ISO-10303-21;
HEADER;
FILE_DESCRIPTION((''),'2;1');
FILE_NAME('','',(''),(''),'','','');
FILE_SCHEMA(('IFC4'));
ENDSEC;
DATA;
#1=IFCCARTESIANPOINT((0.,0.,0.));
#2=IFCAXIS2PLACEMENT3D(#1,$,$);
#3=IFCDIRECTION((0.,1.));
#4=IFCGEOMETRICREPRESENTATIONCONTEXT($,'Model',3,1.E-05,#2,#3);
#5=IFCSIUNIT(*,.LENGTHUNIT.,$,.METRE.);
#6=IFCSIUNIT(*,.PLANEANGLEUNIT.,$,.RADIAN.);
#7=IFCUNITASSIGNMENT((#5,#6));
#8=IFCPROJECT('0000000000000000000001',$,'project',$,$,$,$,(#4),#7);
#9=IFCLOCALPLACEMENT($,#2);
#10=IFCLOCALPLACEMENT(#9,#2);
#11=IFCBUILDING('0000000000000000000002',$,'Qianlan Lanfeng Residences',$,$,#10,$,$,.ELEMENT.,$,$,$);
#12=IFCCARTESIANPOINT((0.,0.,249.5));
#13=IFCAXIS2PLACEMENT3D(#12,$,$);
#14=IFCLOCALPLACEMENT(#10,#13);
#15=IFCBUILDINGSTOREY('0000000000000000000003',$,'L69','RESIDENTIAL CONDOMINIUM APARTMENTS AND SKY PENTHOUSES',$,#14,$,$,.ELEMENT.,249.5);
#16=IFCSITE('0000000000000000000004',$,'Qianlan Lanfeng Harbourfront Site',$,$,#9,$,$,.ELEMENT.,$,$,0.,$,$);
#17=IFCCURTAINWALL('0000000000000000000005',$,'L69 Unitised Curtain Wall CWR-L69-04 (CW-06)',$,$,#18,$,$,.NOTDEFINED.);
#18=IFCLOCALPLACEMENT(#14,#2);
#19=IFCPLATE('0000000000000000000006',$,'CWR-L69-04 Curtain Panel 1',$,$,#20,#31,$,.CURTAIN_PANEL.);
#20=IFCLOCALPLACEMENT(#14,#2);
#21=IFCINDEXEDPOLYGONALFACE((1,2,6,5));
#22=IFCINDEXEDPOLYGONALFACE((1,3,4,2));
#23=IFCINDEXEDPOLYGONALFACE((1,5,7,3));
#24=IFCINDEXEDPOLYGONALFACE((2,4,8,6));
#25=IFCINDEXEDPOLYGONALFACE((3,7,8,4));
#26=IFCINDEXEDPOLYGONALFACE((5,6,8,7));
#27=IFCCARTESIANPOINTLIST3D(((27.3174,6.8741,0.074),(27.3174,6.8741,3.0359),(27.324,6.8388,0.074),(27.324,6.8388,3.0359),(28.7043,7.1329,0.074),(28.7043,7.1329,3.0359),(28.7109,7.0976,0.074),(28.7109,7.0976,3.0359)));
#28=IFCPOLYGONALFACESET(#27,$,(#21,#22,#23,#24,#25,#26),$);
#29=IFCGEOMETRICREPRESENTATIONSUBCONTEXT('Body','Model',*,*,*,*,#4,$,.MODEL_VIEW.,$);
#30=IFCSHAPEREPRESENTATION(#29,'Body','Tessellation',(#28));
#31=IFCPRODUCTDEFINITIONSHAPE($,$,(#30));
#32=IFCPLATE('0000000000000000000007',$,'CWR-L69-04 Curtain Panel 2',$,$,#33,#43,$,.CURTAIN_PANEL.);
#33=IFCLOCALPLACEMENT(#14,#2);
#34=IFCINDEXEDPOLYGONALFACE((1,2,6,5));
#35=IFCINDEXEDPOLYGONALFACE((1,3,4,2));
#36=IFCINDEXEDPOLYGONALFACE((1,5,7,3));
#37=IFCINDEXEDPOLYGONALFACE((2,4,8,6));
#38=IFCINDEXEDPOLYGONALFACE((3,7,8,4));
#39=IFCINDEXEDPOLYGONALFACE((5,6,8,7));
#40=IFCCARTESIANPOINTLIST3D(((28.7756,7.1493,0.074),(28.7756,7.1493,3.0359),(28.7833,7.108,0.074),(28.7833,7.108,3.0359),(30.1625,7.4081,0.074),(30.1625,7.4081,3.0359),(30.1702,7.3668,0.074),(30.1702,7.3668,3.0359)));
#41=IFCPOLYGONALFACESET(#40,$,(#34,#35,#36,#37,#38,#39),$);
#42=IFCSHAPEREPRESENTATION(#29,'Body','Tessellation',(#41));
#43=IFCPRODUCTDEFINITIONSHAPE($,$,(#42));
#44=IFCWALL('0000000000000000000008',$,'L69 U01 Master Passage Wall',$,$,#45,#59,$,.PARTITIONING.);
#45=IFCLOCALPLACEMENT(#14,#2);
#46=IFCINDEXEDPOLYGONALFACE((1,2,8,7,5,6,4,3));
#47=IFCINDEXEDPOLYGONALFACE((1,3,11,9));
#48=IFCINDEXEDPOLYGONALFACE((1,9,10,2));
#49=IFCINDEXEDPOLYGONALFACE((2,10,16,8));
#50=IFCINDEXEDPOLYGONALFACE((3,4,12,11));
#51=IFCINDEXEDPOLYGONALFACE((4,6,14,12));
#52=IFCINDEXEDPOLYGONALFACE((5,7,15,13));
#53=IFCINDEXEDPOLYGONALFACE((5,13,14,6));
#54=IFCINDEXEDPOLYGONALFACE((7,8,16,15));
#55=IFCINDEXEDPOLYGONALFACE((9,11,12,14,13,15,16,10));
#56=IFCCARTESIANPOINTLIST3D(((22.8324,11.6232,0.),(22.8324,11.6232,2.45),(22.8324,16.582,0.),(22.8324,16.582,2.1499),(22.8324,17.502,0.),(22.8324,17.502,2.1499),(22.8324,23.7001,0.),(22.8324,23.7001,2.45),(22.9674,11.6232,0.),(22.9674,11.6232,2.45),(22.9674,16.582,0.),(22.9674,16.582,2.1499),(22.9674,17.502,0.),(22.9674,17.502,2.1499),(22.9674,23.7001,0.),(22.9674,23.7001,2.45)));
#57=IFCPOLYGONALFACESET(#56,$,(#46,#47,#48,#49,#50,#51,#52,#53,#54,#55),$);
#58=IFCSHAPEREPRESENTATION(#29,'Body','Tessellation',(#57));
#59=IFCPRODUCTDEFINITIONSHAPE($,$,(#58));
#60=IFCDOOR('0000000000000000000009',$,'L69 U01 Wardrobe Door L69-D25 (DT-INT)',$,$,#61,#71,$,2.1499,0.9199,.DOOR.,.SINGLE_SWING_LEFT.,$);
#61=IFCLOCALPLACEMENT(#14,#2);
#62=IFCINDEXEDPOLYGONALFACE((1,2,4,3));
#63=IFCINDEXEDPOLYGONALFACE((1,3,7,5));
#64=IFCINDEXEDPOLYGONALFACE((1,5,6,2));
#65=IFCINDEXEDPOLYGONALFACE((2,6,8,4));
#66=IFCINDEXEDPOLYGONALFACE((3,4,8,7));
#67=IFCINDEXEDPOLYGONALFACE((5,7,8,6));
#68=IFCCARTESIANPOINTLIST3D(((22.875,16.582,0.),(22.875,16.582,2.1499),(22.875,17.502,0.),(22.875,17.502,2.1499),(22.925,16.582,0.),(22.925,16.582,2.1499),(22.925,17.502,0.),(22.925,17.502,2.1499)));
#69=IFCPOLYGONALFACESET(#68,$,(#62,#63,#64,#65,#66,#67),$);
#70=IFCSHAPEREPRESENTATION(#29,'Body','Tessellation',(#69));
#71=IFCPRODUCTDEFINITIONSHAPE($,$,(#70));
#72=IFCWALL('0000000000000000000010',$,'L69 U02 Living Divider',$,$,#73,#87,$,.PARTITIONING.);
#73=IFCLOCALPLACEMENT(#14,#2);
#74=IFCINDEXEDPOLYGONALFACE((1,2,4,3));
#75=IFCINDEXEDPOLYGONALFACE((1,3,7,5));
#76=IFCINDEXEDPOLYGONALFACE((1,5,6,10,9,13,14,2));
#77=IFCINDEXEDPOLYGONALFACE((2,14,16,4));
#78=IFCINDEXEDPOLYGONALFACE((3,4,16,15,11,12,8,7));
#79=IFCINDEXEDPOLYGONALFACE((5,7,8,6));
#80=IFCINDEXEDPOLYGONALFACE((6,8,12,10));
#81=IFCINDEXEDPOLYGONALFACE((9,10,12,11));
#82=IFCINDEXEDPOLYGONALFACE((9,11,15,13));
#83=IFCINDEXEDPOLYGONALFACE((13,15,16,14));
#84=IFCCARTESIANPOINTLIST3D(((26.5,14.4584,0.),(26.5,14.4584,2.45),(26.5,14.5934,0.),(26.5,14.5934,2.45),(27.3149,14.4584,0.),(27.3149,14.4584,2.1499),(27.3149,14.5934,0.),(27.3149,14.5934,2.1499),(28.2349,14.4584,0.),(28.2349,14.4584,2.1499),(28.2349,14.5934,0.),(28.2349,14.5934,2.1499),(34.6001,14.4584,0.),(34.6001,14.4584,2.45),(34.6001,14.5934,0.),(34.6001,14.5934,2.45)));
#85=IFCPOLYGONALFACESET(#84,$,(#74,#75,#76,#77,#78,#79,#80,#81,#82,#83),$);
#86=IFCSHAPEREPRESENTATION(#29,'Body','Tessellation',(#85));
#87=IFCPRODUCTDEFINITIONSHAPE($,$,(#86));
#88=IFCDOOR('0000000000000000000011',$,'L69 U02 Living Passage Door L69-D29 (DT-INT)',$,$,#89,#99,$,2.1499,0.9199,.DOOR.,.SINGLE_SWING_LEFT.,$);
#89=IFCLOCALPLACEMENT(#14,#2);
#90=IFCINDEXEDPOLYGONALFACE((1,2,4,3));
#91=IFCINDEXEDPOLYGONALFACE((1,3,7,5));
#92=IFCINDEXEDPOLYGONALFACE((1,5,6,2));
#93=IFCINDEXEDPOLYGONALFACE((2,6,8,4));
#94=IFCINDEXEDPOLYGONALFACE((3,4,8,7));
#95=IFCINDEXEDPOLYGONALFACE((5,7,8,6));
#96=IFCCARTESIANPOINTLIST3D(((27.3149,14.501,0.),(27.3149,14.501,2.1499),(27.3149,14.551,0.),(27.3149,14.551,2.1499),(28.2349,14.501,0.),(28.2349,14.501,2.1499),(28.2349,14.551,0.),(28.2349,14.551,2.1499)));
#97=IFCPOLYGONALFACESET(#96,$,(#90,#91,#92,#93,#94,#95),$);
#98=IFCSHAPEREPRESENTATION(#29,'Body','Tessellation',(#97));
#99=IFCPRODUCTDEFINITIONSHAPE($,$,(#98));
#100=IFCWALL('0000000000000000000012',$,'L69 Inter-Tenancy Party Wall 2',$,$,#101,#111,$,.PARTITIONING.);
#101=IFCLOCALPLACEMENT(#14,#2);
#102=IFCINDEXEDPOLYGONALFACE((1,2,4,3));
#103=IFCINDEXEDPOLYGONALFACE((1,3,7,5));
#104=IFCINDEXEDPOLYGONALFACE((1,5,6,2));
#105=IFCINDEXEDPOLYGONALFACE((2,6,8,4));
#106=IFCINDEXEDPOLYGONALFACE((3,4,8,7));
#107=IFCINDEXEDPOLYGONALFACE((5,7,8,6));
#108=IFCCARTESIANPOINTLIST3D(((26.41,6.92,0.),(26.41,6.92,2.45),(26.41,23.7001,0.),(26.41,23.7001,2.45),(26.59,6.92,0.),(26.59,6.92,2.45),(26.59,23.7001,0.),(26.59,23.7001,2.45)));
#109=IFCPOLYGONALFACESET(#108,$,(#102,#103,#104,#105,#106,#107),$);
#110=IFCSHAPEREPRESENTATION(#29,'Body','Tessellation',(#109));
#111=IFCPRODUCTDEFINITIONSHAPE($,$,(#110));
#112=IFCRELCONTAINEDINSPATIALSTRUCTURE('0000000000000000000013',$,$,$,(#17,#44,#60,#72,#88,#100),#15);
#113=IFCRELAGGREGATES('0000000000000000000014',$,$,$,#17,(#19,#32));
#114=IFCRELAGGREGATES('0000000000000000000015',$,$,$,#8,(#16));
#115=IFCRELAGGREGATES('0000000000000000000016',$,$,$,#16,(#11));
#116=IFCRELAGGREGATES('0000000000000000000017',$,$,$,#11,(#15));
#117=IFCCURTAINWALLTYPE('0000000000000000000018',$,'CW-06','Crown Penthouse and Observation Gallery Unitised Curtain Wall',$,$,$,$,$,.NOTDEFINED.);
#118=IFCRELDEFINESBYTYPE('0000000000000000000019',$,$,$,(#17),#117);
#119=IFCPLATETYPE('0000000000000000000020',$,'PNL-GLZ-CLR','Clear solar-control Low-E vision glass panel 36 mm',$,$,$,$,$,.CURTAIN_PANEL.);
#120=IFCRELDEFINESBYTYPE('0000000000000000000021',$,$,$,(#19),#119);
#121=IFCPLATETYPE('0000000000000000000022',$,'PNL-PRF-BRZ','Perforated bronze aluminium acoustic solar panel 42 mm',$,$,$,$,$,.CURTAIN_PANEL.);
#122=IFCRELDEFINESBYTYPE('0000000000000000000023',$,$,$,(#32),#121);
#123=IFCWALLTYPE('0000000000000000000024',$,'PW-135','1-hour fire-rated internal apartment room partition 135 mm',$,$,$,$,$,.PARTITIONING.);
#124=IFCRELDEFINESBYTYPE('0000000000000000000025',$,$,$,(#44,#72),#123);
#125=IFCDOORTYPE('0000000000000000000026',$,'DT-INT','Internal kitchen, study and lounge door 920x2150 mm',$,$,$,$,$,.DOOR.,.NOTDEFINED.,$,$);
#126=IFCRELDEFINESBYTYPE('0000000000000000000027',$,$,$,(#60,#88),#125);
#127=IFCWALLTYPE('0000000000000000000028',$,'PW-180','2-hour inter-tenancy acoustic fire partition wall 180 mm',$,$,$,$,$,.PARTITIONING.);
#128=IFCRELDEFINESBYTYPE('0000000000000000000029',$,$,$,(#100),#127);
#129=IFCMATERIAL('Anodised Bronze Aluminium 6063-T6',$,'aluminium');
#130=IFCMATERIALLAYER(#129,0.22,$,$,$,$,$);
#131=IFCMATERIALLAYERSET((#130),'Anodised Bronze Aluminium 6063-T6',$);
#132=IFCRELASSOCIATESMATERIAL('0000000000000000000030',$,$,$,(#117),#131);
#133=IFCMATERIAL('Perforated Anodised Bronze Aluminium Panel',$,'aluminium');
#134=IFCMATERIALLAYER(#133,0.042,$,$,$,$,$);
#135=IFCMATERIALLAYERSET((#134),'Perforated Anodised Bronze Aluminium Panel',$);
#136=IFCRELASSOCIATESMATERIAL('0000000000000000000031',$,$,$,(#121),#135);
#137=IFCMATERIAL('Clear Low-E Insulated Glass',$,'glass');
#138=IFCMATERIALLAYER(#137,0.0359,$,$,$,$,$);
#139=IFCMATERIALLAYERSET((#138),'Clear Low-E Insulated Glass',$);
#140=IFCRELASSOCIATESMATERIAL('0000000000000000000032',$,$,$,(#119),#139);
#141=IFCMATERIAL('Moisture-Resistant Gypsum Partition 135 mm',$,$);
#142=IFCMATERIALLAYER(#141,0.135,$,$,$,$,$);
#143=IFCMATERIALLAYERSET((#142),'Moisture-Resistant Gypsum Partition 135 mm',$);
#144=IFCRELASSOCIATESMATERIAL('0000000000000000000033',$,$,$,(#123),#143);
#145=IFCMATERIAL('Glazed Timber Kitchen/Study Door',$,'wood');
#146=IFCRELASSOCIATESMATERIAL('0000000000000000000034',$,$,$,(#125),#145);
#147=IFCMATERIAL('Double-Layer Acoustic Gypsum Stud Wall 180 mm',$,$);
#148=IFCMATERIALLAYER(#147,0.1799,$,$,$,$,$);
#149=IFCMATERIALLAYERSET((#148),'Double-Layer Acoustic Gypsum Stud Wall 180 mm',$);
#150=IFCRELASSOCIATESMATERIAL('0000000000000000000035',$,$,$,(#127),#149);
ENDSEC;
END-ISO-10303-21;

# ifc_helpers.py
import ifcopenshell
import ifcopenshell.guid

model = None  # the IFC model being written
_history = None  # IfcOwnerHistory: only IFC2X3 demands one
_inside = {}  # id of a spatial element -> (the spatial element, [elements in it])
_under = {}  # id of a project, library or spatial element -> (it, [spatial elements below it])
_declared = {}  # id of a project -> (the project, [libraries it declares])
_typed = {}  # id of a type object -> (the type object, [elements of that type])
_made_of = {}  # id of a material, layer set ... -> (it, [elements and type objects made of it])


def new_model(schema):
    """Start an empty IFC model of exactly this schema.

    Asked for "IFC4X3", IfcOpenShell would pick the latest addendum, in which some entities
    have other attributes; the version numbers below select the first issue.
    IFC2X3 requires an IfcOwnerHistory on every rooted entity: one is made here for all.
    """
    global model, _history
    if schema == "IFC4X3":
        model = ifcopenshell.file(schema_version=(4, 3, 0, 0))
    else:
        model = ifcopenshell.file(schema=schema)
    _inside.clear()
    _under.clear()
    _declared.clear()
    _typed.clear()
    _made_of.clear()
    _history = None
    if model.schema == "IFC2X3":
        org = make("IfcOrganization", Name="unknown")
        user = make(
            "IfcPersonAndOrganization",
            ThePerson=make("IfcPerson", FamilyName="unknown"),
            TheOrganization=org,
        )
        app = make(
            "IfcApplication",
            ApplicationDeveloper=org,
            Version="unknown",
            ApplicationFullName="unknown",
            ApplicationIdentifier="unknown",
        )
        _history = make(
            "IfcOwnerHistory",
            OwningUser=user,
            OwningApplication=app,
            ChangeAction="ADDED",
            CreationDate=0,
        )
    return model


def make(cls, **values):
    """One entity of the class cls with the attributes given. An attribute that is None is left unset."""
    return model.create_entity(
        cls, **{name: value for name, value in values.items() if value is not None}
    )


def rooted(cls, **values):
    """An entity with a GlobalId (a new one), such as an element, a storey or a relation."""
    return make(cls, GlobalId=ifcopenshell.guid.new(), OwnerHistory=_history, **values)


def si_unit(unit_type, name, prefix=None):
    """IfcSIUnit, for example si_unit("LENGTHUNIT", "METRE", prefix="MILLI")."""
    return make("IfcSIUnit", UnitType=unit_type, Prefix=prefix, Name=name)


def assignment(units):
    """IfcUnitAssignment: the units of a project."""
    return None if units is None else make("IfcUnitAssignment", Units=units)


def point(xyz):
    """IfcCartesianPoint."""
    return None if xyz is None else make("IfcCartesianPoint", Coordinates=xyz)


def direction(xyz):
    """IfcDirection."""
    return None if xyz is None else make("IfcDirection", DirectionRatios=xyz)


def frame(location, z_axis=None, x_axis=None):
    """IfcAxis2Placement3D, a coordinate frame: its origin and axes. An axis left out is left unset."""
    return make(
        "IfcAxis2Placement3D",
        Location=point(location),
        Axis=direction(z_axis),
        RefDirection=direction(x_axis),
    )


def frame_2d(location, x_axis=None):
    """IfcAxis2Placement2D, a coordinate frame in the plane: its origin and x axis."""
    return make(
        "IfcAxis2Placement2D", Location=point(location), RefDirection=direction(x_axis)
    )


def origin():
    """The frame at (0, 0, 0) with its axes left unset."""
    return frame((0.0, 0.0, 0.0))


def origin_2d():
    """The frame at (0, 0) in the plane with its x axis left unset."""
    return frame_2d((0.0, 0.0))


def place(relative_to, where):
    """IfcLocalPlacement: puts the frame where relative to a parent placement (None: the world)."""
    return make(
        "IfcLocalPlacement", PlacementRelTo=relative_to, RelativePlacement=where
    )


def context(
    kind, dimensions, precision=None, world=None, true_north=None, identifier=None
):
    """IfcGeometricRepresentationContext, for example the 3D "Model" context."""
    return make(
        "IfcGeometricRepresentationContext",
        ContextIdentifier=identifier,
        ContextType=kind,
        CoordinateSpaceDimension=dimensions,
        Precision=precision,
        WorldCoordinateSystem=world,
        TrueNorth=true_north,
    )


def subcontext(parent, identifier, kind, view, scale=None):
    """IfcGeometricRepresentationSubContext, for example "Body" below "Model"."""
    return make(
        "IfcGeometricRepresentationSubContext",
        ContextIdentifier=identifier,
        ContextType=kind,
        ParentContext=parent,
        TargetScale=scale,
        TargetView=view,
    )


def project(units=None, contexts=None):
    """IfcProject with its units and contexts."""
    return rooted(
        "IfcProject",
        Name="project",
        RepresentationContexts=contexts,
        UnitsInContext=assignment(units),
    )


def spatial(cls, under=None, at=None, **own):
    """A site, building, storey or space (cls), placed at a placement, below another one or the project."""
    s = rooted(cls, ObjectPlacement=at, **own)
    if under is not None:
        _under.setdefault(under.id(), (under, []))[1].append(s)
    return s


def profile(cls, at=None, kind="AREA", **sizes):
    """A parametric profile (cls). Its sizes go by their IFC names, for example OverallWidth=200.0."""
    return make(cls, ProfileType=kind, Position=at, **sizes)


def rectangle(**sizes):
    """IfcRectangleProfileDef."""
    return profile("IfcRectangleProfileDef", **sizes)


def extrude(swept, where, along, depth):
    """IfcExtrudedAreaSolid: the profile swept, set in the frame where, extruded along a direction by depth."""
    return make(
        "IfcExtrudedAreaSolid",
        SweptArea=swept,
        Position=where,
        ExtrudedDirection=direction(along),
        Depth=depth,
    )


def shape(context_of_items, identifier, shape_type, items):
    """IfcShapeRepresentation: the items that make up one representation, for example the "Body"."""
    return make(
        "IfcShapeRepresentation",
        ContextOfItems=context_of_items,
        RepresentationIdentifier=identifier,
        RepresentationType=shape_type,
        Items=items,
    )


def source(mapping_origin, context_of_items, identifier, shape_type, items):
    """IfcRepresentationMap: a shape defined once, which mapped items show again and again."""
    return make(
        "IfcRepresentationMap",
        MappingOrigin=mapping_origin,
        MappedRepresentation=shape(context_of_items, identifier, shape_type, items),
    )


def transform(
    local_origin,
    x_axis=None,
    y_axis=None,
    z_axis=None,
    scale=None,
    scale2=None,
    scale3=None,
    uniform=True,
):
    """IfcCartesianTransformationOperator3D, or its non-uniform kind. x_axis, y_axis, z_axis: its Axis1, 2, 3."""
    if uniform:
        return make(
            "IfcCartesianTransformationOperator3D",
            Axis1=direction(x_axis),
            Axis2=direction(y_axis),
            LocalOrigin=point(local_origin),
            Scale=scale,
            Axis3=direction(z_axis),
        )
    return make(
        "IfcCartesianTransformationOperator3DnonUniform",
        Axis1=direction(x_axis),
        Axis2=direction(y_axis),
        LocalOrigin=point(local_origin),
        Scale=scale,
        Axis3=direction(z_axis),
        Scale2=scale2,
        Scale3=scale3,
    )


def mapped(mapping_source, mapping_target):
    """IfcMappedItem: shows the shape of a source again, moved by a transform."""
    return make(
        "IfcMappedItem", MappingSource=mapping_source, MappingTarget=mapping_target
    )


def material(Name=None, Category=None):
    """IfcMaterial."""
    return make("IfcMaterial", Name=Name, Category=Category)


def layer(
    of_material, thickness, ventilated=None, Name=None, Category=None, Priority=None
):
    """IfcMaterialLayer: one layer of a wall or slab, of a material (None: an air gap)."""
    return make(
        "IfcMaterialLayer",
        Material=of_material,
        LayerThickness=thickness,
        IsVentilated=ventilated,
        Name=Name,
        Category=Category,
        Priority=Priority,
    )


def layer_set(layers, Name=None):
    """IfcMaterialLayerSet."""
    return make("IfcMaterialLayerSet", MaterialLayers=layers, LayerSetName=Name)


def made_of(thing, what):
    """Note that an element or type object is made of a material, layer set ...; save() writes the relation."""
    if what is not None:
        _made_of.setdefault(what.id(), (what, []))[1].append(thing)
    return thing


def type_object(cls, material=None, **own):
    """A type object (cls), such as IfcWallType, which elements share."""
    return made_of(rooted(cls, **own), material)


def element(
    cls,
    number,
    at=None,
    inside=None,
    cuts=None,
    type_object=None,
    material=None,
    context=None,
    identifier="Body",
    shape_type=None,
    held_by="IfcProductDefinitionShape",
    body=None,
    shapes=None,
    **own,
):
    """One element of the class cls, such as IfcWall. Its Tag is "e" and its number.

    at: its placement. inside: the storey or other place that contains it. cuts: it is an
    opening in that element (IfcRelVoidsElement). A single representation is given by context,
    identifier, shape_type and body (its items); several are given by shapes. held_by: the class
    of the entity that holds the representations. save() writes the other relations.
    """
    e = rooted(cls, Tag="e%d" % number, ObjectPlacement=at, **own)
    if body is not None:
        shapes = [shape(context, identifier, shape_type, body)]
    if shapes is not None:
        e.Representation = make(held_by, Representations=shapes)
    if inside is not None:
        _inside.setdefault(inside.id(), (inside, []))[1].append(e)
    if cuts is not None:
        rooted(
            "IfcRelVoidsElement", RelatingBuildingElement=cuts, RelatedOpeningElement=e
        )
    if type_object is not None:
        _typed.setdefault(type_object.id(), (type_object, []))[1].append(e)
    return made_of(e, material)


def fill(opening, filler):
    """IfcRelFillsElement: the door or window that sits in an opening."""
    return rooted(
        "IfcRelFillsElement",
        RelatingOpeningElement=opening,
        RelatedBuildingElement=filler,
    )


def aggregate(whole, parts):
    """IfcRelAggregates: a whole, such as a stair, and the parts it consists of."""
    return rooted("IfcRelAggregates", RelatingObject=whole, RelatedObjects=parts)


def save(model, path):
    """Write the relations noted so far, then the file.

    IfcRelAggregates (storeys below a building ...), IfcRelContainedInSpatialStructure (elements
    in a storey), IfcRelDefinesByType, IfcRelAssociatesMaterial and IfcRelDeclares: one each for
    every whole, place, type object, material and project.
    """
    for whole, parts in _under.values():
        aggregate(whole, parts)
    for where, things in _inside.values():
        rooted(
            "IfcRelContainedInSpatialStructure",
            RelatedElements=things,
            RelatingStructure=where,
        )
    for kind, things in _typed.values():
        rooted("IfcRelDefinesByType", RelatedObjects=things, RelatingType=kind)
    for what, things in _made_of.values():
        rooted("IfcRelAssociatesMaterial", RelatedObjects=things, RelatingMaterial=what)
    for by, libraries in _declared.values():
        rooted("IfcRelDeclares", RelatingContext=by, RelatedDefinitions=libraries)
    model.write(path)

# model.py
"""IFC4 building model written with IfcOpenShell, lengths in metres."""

from ifc_helpers import new_model, si_unit, direction, frame, frame_2d, origin, origin_2d, place, context, subcontext, project, spatial, rectangle, extrude, source, transform, mapped, material, layer, layer_set, type_object, element, fill, aggregate, save


model = new_model("IFC4")

# Units and contexts
model_context = context("Model", 3, precision=1e-05, world=origin(), true_north=direction((0.0, 1.0)))
body_context = subcontext(model_context, "Body", "Model", "MODEL_VIEW")
ifc_project = project(units=[si_unit("LENGTHUNIT", "METRE"), si_unit("PLANEANGLEUNIT", "RADIAN")], contexts=[model_context])

# Site, building, storey
site_placement = place(None, origin())
site = spatial("IfcSite", under=ifc_project, at=site_placement, Name="Qianlan Lanfeng Harbourfront Site", CompositionType="ELEMENT", RefElevation=0.0)
building_placement = place(site_placement, origin())
building = spatial("IfcBuilding", under=site, at=building_placement, Name="Qianlan Lanfeng Residences", CompositionType="ELEMENT")
storey_placement = place(building_placement, frame((0.0, 0.0, 249.5)))
storey = spatial("IfcBuildingStorey", under=building, at=storey_placement, Name="L69", Description="RESIDENTIAL CONDOMINIUM APARTMENTS AND SKY PENTHOUSES", CompositionType="ELEMENT", Elevation=249.5)

# Shared definitions
ifc_material_1 = material(Name="Anodised Bronze Aluminium 6063-T6", Category="aluminium")
ifc_layer_1 = layer(ifc_material_1, 0.22)
ifc_layer_set_1 = layer_set([ifc_layer_1], Name="Anodised Bronze Aluminium 6063-T6")
curtain_wall_type = type_object("IfcCurtainWallType", Name="CW-06", Description="Crown Penthouse and Observation Gallery Unitised Curtain Wall", PredefinedType="NOTDEFINED", material=ifc_layer_set_1)

# Curtain wall
curtain_wall_1_placement = place(storey_placement, origin())
curtain_wall_1 = element("IfcCurtainWall", 1, at=curtain_wall_1_placement, inside=storey, type_object=curtain_wall_type, Name="L69 Unitised Curtain Wall CWR-L69-04 (CW-06)", PredefinedType="NOTDEFINED")

# Plates
ifc_material_2 = material(Name="Perforated Anodised Bronze Aluminium Panel", Category="aluminium")
ifc_layer_2 = layer(ifc_material_2, 0.042)
ifc_layer_set_2 = layer_set([ifc_layer_2], Name="Perforated Anodised Bronze Aluminium Panel")
plate_type_1 = type_object("IfcPlateType", Name="PNL-PRF-BRZ", Description="Perforated bronze aluminium acoustic solar panel 42 mm", PredefinedType="CURTAIN_PANEL", material=ifc_layer_set_2)
ifc_material_3 = material(Name="Clear Low-E Insulated Glass", Category="glass")
ifc_layer_3 = layer(ifc_material_3, 0.0359)
ifc_layer_set_3 = layer_set([ifc_layer_3], Name="Clear Low-E Insulated Glass")
plate_type_2 = type_object("IfcPlateType", Name="PNL-GLZ-CLR", Description="Clear solar-control Low-E vision glass panel 36 mm", PredefinedType="CURTAIN_PANEL", material=ifc_layer_set_3)
shared_shape_1 = source(origin(), body_context, "Body", "SweptSolid", [
    extrude(rectangle(XDim=1.4109, YDim=0.0359, at=origin_2d()), origin(), (0.0, 0.0, 1.0), 2.9619),
])
plate_1_placement = place(storey_placement, frame((28.0142, 6.9858, 0.074), z_axis=(0.0, 0.0, 1.0), x_axis=(0.983039, 0.183395, 0.0)))
plate_1 = element("IfcPlate", 2, at=plate_1_placement, type_object=plate_type_2, Name="CWR-L69-04 Curtain Panel 1", PredefinedType="CURTAIN_PANEL", context=body_context, shape_type="MappedRepresentation", body=[
    mapped(shared_shape_1, transform((0.0, 0.0, 0.0), scale=1.0)),
])
shared_shape_2 = source(origin(), body_context, "Body", "SweptSolid", [
    extrude(rectangle(XDim=1.4109, YDim=0.042, at=origin_2d()), origin(), (0.0, 0.0, 1.0), 2.9619),
])
plate_2_placement = place(storey_placement, frame((29.4729, 7.2581, 0.074), z_axis=(0.0, 0.0, 1.0), x_axis=(0.983039, 0.183395, 0.0)))
plate_2 = element("IfcPlate", 3, at=plate_2_placement, type_object=plate_type_1, Name="CWR-L69-04 Curtain Panel 2", PredefinedType="CURTAIN_PANEL", context=body_context, shape_type="MappedRepresentation", body=[
    mapped(shared_shape_2, transform((0.0, 0.0, 0.0), scale=1.0)),
])
aggregate(curtain_wall_1, [plate_1, plate_2])

# Walls, openings, doors
ifc_material_4 = material(Name="Moisture-Resistant Gypsum Partition 135 mm")
ifc_layer_4 = layer(ifc_material_4, 0.135)
ifc_layer_set_4 = layer_set([ifc_layer_4], Name="Moisture-Resistant Gypsum Partition 135 mm")
wall_type_1 = type_object("IfcWallType", Name="PW-135", Description="1-hour fire-rated internal apartment room partition 135 mm", PredefinedType="PARTITIONING", material=ifc_layer_set_4)
wall_1_placement = place(storey_placement, frame((22.8999, 11.623, 0.0), z_axis=(0.0, 0.0, 1.0), x_axis=(0.0, 1.0, 0.0)))
wall_1 = element("IfcWall", 4, at=wall_1_placement, inside=storey, type_object=wall_type_1, Name="L69 U01 Master Passage Wall", PredefinedType="PARTITIONING", context=body_context, shape_type="SweptSolid", body=[
    extrude(rectangle(XDim=12.0769, YDim=0.135, at=frame_2d((6.0386, 0.0))), origin(), (0.0, 0.0, 1.0), 2.45),
])
opening_1_placement = place(wall_1_placement, frame((4.959, 0.0, 0.0)))
opening_1 = element("IfcOpeningElement", 5, at=opening_1_placement, cuts=wall_1, PredefinedType="OPENING", context=body_context, shape_type="SweptSolid", body=[
    extrude(rectangle(XDim=0.9199, YDim=2.1499, at=frame_2d((0.46, 1.075))), frame((0.0, 0.0776, 0.0), z_axis=(0.0, -1.0, 0.0), x_axis=(1.0, 0.0, 0.0)), (0.0, 0.0, 1.0), 0.155),
])
ifc_material_5 = material(Name="Glazed Timber Kitchen/Study Door", Category="wood")
door_type_1 = type_object("IfcDoorType", Name="DT-INT", Description="Internal kitchen, study and lounge door 920x2150 mm", OperationType="NOTDEFINED", PredefinedType="DOOR", material=ifc_material_5)
door_1_placement = place(opening_1_placement, origin())
door_1 = element("IfcDoor", 6, at=door_1_placement, inside=storey, type_object=door_type_1, Name="L69 U01 Wardrobe Door L69-D25 (DT-INT)", OperationType="SINGLE_SWING_LEFT", OverallHeight=2.1499, OverallWidth=0.9199, PredefinedType="DOOR", context=body_context, shape_type="SweptSolid", body=[
    extrude(rectangle(XDim=0.9199, YDim=2.1499, at=frame_2d((0.46, 1.075))), frame((0.0, 0.0249, 0.0), z_axis=(0.0, -1.0, 0.0), x_axis=(1.0, 0.0, 0.0)), (0.0, 0.0, 1.0), 0.05),
])
fill(opening_1, door_1)
wall_2_placement = place(storey_placement, frame((26.5, 14.5259, 0.0), z_axis=(0.0, 0.0, 1.0), x_axis=(1.0, 0.0, 0.0)))
wall_2 = element("IfcWall", 7, at=wall_2_placement, inside=storey, type_object=wall_type_1, Name="L69 U02 Living Divider", PredefinedType="PARTITIONING", context=body_context, shape_type="SweptSolid", body=[
    extrude(rectangle(XDim=8.1001, YDim=0.135, at=frame_2d((4.05, 0.0))), origin(), (0.0, 0.0, 1.0), 2.45),
])
opening_2_placement = place(wall_2_placement, frame((0.8149, 0.0, 0.0)))
opening_2 = element("IfcOpeningElement", 8, at=opening_2_placement, cuts=wall_2, PredefinedType="OPENING", context=body_context, shape_type="SweptSolid", body=[
    extrude(rectangle(XDim=0.9199, YDim=2.1499, at=frame_2d((0.46, 1.075))), frame((0.0, 0.0776, 0.0), z_axis=(0.0, -1.0, 0.0), x_axis=(1.0, 0.0, 0.0)), (0.0, 0.0, 1.0), 0.155),
])
door_2_placement = place(opening_2_placement, frame((0.9199, 0.0, 0.0), z_axis=(0.0, 0.0, 1.0), x_axis=(-1.0, 0.0, 0.0)))
door_2 = element("IfcDoor", 9, at=door_2_placement, inside=storey, type_object=door_type_1, Name="L69 U02 Living Passage Door L69-D29 (DT-INT)", OperationType="SINGLE_SWING_LEFT", OverallHeight=2.1499, OverallWidth=0.9199, PredefinedType="DOOR", context=body_context, shape_type="SweptSolid", body=[
    extrude(rectangle(XDim=0.9199, YDim=2.1499, at=frame_2d((0.46, 1.075))), frame((0.0, 0.0249, 0.0), z_axis=(0.0, -1.0, 0.0), x_axis=(1.0, 0.0, 0.0)), (0.0, 0.0, 1.0), 0.05),
])
fill(opening_2, door_2)

# Wall
ifc_material_6 = material(Name="Double-Layer Acoustic Gypsum Stud Wall 180 mm")
ifc_layer_5 = layer(ifc_material_6, 0.1799)
ifc_layer_set_5 = layer_set([ifc_layer_5], Name="Double-Layer Acoustic Gypsum Stud Wall 180 mm")
wall_type_2 = type_object("IfcWallType", Name="PW-180", Description="2-hour inter-tenancy acoustic fire partition wall 180 mm", PredefinedType="PARTITIONING", material=ifc_layer_set_5)
wall_3_placement = place(storey_placement, frame((26.5, 6.9199, 0.0), z_axis=(0.0, 0.0, 1.0), x_axis=(0.0, 1.0, 0.0)))
element("IfcWall", 10, at=wall_3_placement, inside=storey, type_object=wall_type_2, Name="L69 Inter-Tenancy Party Wall 2", PredefinedType="PARTITIONING", context=body_context, shape_type="SweptSolid", body=[
    extrude(rectangle(XDim=16.78, YDim=0.1799, at=frame_2d((8.3901, 0.0))), origin(), (0.0, 0.0, 1.0), 2.45),
])

save(model, "model.ifc")
